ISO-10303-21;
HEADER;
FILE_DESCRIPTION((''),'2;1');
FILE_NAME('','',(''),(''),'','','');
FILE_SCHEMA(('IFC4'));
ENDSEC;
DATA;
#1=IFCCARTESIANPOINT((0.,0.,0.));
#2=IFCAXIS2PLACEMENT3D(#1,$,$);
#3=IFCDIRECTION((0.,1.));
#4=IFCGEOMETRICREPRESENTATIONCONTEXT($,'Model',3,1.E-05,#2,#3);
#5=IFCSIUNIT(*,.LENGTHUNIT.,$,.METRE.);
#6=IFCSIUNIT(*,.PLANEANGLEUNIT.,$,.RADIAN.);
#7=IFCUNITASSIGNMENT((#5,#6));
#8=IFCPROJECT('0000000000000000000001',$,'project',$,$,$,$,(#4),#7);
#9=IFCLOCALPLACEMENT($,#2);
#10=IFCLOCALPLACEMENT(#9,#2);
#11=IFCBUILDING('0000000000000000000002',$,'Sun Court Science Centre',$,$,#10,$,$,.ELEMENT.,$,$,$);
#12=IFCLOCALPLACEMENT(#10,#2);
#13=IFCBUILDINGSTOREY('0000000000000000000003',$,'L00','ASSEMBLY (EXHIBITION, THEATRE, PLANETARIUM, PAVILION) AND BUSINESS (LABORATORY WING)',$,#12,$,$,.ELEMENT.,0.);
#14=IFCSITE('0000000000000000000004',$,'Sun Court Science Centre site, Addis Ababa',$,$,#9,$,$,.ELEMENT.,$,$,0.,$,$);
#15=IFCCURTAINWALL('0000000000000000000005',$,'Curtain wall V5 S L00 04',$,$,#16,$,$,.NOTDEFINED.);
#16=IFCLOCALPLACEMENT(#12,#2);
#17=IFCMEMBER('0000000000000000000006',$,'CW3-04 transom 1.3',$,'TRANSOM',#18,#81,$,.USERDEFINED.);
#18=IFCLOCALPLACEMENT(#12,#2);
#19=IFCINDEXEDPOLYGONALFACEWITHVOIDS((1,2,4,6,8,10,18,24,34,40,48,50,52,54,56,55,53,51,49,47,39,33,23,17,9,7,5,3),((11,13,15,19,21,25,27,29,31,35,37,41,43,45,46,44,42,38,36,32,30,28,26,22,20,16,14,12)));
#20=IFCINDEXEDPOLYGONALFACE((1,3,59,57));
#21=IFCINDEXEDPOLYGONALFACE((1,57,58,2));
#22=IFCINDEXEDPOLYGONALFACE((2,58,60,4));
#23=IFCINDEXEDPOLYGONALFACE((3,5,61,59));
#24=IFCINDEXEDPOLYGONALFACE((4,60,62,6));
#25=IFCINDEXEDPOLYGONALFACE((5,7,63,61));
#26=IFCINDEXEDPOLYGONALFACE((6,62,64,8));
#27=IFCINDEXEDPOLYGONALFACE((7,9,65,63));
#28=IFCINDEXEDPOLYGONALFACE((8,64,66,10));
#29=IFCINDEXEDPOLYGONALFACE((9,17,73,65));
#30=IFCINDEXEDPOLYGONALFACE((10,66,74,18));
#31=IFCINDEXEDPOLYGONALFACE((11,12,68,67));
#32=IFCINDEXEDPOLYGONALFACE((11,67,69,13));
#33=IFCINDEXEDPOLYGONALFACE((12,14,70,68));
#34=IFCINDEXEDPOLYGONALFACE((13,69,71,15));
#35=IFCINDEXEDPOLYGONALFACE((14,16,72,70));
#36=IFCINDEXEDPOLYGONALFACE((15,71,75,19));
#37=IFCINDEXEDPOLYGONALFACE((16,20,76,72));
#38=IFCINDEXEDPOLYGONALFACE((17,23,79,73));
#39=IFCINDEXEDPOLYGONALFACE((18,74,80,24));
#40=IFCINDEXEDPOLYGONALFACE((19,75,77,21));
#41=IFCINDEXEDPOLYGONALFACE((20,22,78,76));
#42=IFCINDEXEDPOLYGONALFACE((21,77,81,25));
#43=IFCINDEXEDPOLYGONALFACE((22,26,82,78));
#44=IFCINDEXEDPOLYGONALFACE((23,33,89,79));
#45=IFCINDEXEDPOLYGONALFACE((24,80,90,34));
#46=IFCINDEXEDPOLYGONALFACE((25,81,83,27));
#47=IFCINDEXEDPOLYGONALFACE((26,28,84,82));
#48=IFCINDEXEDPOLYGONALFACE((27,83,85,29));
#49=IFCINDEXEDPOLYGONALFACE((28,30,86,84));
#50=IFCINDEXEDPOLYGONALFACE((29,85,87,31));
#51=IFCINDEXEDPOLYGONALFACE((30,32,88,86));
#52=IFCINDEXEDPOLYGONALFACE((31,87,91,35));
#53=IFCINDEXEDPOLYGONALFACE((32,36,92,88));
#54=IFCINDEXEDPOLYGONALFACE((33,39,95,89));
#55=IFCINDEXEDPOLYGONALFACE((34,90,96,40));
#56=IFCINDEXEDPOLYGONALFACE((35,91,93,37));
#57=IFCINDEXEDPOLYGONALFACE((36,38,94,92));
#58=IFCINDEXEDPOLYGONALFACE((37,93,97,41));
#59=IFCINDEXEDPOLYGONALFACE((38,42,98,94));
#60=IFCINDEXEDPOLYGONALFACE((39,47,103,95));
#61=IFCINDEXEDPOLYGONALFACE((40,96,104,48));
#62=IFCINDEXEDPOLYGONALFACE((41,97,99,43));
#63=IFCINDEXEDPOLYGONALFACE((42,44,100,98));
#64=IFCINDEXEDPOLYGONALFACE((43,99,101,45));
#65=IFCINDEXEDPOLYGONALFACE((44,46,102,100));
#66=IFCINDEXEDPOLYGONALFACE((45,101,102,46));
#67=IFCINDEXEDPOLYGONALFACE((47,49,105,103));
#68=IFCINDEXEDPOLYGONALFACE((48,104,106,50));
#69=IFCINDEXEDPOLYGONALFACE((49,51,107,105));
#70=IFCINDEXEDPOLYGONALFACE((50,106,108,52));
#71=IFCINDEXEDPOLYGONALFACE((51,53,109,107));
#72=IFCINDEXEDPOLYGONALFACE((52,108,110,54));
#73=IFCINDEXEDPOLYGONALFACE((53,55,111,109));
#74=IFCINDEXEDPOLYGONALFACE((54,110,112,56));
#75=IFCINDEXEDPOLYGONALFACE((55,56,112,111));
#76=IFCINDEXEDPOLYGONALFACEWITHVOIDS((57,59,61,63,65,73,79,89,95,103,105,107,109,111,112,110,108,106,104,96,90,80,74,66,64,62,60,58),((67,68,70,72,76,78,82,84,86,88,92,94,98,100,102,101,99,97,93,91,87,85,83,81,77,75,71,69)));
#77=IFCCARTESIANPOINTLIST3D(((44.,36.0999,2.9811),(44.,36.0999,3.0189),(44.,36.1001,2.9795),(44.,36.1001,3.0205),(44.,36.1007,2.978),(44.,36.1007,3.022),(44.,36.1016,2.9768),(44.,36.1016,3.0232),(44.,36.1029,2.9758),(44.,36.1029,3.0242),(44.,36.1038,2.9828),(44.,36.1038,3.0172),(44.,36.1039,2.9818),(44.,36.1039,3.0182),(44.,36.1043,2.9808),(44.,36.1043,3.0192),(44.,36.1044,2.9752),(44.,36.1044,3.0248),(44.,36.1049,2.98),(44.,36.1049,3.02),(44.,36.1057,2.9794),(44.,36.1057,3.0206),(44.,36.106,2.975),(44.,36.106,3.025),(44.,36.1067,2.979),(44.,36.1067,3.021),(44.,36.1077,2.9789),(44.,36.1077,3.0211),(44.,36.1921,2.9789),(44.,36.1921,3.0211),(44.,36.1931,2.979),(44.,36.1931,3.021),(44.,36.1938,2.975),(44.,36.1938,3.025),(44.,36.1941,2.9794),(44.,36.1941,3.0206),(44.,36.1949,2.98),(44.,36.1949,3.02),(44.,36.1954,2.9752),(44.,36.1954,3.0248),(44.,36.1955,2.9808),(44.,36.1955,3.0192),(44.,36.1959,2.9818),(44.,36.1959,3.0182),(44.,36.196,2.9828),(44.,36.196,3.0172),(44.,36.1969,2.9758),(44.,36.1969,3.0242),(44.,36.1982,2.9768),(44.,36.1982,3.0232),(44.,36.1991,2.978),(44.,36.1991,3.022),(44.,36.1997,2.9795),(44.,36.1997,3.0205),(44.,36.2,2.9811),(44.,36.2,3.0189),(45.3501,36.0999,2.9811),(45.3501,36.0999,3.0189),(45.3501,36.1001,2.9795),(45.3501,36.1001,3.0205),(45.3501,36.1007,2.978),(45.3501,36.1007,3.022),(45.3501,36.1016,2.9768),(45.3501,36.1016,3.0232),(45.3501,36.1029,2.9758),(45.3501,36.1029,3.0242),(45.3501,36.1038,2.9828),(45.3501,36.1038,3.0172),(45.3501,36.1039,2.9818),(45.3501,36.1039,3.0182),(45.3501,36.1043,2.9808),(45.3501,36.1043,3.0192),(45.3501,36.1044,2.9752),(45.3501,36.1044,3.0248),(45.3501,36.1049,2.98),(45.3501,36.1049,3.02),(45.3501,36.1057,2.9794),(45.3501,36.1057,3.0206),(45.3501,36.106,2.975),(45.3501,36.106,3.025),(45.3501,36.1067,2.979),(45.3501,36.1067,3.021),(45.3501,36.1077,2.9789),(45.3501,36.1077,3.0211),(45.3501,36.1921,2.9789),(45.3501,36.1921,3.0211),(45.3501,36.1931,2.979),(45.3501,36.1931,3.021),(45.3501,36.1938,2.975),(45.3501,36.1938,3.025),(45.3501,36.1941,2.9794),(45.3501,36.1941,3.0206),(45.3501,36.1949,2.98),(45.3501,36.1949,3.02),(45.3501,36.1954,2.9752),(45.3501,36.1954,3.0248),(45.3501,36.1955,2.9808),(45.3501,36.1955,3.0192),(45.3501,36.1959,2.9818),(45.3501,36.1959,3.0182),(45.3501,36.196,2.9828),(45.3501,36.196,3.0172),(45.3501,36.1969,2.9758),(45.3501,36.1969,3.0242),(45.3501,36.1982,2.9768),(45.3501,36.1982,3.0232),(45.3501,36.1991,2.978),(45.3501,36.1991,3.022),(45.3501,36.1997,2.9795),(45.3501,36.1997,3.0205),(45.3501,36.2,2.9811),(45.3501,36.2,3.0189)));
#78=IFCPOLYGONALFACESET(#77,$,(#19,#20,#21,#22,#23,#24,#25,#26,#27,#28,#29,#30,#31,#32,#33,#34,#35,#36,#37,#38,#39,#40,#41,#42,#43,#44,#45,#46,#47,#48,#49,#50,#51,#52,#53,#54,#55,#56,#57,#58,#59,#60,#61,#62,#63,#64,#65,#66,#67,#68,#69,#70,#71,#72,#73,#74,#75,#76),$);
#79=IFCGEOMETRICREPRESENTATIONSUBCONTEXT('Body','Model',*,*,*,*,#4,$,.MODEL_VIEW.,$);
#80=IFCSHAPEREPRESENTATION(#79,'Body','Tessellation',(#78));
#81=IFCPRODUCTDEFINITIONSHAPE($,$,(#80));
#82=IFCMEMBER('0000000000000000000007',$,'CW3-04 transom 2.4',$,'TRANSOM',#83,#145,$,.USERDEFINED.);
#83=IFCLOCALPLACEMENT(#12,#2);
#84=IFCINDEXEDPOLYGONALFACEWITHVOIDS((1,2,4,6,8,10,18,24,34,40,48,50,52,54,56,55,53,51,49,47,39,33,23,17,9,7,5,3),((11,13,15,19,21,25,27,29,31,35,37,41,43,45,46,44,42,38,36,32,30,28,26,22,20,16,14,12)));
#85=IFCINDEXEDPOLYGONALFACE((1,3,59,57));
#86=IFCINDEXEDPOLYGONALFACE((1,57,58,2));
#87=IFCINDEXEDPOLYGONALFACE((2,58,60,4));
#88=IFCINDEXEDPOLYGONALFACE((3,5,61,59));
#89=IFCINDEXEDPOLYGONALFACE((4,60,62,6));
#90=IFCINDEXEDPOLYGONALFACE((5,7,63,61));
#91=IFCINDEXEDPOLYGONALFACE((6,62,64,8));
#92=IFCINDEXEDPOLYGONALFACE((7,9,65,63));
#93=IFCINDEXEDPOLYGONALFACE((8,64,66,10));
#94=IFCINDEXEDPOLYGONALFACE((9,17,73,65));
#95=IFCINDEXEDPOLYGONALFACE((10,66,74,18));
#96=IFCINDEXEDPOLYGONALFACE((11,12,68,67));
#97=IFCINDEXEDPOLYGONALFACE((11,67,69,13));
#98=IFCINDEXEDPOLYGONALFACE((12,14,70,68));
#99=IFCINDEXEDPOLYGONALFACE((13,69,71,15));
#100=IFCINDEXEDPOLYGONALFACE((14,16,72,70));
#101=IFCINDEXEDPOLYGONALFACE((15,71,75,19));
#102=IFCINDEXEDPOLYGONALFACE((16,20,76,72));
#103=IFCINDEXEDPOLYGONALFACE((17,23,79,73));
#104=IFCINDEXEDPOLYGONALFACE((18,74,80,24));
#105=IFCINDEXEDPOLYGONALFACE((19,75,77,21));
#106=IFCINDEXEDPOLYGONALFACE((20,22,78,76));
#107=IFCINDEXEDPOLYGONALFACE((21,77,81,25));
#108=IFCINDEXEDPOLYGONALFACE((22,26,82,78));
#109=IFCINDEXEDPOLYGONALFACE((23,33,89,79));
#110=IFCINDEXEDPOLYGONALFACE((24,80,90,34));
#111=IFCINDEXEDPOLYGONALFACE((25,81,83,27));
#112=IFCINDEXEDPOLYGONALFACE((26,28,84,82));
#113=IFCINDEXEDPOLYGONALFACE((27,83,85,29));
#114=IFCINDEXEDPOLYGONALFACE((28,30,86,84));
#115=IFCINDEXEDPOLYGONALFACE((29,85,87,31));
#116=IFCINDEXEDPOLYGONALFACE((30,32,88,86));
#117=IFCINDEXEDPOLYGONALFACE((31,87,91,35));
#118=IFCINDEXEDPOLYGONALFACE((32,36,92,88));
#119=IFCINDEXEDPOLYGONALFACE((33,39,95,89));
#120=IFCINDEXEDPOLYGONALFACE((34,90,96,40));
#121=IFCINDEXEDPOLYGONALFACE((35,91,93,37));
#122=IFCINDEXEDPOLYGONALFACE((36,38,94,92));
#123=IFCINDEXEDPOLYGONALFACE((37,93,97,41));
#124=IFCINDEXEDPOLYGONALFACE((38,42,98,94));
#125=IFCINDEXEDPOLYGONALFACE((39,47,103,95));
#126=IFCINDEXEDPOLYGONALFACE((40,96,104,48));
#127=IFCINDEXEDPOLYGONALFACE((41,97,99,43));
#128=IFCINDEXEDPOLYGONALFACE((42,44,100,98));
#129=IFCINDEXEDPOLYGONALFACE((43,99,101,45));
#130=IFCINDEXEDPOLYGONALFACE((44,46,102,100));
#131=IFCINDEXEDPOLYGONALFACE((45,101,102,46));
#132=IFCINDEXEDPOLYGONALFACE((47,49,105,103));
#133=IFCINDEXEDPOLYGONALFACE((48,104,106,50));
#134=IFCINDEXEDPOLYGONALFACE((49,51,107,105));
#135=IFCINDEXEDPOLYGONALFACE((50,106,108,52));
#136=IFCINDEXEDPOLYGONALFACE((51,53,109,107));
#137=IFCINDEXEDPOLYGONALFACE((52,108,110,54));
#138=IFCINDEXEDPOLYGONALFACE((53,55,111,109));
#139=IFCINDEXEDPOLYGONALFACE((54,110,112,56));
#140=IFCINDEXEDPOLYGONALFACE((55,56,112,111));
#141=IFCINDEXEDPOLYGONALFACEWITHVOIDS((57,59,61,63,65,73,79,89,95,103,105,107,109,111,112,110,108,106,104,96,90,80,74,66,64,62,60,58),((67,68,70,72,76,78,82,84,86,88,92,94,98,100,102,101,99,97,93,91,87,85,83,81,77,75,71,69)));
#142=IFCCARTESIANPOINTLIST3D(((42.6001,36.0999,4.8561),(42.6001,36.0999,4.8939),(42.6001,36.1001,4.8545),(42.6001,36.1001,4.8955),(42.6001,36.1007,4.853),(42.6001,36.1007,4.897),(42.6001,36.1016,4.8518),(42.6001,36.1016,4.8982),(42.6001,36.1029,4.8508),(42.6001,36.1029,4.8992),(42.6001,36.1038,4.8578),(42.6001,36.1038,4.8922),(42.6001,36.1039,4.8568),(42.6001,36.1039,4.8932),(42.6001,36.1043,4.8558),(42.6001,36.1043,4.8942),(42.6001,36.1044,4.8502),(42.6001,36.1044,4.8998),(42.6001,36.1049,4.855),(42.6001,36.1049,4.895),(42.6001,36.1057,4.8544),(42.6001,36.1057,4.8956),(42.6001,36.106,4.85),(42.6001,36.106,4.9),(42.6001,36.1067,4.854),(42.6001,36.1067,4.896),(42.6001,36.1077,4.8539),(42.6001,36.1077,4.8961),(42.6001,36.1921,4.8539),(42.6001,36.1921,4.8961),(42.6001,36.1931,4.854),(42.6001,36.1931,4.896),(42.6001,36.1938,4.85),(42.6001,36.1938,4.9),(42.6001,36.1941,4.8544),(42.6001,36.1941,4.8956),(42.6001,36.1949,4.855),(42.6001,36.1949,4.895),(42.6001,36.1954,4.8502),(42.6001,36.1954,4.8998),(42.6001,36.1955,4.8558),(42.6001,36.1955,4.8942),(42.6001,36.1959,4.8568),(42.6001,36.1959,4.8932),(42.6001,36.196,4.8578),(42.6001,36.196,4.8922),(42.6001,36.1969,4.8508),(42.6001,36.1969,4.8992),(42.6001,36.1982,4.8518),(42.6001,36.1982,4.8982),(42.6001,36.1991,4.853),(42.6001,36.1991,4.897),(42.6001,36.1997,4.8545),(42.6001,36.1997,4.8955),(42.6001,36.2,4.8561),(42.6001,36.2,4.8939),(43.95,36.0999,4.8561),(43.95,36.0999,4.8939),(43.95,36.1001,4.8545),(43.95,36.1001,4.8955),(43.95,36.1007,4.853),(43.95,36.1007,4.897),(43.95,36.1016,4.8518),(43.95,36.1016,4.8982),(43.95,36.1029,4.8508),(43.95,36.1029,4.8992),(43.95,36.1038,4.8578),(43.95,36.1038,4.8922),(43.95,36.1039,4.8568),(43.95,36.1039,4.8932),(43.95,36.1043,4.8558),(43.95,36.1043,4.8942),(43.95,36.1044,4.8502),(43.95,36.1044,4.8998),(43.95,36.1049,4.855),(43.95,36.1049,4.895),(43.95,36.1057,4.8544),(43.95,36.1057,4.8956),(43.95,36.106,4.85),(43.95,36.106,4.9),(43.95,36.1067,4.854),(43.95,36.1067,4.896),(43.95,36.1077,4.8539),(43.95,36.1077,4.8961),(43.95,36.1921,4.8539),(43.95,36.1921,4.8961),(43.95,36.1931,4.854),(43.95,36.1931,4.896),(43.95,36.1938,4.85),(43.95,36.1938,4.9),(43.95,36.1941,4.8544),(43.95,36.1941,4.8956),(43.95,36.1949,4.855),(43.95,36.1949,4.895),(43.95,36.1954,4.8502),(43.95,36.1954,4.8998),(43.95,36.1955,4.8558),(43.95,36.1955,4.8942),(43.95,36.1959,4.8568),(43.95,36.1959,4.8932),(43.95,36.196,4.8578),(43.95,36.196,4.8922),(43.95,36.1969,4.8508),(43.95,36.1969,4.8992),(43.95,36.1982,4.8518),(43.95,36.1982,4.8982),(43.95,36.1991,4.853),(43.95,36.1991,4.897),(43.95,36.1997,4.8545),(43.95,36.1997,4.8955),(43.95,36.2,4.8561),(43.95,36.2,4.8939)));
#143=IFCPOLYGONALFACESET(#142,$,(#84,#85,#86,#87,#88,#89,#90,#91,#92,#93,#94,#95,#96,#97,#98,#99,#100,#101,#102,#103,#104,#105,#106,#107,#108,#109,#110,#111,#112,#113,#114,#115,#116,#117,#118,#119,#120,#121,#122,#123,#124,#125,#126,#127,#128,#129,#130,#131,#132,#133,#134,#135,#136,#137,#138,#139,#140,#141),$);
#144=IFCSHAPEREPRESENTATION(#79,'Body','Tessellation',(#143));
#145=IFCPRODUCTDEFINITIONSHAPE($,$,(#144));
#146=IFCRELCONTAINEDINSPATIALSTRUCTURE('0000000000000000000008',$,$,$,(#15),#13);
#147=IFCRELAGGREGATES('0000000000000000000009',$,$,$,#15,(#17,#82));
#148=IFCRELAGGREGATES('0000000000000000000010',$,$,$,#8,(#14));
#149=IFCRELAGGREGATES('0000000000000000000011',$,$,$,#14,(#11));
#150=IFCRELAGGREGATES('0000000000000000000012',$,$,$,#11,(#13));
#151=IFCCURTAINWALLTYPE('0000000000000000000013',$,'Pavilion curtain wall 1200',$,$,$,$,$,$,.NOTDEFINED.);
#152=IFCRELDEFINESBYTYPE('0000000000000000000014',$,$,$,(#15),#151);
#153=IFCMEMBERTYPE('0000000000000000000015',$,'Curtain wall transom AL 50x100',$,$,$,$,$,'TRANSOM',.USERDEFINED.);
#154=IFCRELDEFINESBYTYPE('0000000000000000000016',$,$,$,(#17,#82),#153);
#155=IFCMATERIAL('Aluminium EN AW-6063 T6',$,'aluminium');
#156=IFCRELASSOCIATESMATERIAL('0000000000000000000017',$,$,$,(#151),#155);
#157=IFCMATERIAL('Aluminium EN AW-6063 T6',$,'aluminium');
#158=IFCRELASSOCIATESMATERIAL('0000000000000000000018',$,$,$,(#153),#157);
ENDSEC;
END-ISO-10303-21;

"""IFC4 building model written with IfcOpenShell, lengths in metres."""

from ifc_helpers import new_model, si_unit, direction, frame, origin, origin_2d, place, context, subcontext, project, spatial, hollow_rectangle, extrude, material, material_profile, profile_set, type_object, element, aggregate, save


model = new_model("IFC4")

# Units and contexts
model_context = context("Model", 3, precision=1e-05, world=origin(), true_north=direction((0.0, 1.0)))
body_context = subcontext(model_context, "Body", "Model", "MODEL_VIEW")
ifc_project = project(units=[si_unit("LENGTHUNIT", "METRE"), si_unit("PLANEANGLEUNIT", "RADIAN")], contexts=[model_context])

# Site, building, storey
site_placement = place(None, origin())
site = spatial("IfcSite", under=ifc_project, at=site_placement, Name="Sun Court Science Centre site, Addis Ababa", CompositionType="ELEMENT", RefElevation=0.0)
building_placement = place(site_placement, origin())
building = spatial("IfcBuilding", under=site, at=building_placement, Name="Sun Court Science Centre", CompositionType="ELEMENT")
storey_placement = place(building_placement, origin())
storey = spatial("IfcBuildingStorey", under=building, at=storey_placement, Name="L00", Description="ASSEMBLY (EXHIBITION, THEATRE, PLANETARIUM, PAVILION) AND BUSINESS (LABORATORY WING)", CompositionType="ELEMENT", Elevation=0.0)

# Curtain wall, members
ifc_material_1 = material(Name="Aluminium EN AW-6063 T6", Category="aluminium")
curtain_wall_type = type_object("IfcCurtainWallType", Name="Pavilion curtain wall 1200", PredefinedType="NOTDEFINED", material=ifc_material_1)
curtain_wall_placement = place(storey_placement, origin())
curtain_wall = element("IfcCurtainWall", 1, at=curtain_wall_placement, inside=storey, type_object=curtain_wall_type, Name="Curtain wall V5 S L00 04", PredefinedType="NOTDEFINED")
ifc_material_2 = material(Name="Aluminium EN AW-6063 T6", Category="aluminium")
ifc_material_profile_1 = material_profile(ifc_material_2, hollow_rectangle(XDim=0.05, YDim=0.1001, WallThickness=0.0039, InnerFilletRadius=0.0039, OuterFilletRadius=0.0061, at=origin_2d()), Name="AL 50x100x4")
ifc_profile_set_1 = profile_set([ifc_material_profile_1], Name="Aluminium EN AW-6063 T6")
member_type_1 = type_object("IfcMemberType", Name="Curtain wall transom AL 50x100", ElementType="TRANSOM", PredefinedType="USERDEFINED", material=ifc_profile_set_1)
member_1_placement = place(storey_placement, frame((45.3501, 36.1499, 3.0), z_axis=(-1.0, 0.0, 0.0), x_axis=(0.0, 0.0, 1.0)))
member_1 = element("IfcMember", 2, at=member_1_placement, type_object=member_type_1, Name="CW3-04 transom 1.3", ObjectType="TRANSOM", PredefinedType="USERDEFINED", context=body_context, shape_type="SweptSolid", body=[
    extrude(hollow_rectangle(XDim=0.05, YDim=0.1001, WallThickness=0.0039, InnerFilletRadius=0.0039, OuterFilletRadius=0.0061, at=origin_2d()), origin(), (0.0, 0.0, 1.0), 1.3501),
])
member_2_placement = place(storey_placement, frame((43.95, 36.1499, 4.875), z_axis=(-1.0, 0.0, 0.0), x_axis=(0.0, 0.0, 1.0)))
member_2 = element("IfcMember", 3, at=member_2_placement, type_object=member_type_1, Name="CW3-04 transom 2.4", ObjectType="TRANSOM", PredefinedType="USERDEFINED", context=body_context, shape_type="SweptSolid", body=[
    extrude(hollow_rectangle(XDim=0.05, YDim=0.1001, WallThickness=0.0039, InnerFilletRadius=0.0039, OuterFilletRadius=0.0061, at=origin_2d()), origin(), (0.0, 0.0, 1.0), 1.3499),
])
aggregate(curtain_wall, [member_1, member_2])

save(model, "model.ifc")
